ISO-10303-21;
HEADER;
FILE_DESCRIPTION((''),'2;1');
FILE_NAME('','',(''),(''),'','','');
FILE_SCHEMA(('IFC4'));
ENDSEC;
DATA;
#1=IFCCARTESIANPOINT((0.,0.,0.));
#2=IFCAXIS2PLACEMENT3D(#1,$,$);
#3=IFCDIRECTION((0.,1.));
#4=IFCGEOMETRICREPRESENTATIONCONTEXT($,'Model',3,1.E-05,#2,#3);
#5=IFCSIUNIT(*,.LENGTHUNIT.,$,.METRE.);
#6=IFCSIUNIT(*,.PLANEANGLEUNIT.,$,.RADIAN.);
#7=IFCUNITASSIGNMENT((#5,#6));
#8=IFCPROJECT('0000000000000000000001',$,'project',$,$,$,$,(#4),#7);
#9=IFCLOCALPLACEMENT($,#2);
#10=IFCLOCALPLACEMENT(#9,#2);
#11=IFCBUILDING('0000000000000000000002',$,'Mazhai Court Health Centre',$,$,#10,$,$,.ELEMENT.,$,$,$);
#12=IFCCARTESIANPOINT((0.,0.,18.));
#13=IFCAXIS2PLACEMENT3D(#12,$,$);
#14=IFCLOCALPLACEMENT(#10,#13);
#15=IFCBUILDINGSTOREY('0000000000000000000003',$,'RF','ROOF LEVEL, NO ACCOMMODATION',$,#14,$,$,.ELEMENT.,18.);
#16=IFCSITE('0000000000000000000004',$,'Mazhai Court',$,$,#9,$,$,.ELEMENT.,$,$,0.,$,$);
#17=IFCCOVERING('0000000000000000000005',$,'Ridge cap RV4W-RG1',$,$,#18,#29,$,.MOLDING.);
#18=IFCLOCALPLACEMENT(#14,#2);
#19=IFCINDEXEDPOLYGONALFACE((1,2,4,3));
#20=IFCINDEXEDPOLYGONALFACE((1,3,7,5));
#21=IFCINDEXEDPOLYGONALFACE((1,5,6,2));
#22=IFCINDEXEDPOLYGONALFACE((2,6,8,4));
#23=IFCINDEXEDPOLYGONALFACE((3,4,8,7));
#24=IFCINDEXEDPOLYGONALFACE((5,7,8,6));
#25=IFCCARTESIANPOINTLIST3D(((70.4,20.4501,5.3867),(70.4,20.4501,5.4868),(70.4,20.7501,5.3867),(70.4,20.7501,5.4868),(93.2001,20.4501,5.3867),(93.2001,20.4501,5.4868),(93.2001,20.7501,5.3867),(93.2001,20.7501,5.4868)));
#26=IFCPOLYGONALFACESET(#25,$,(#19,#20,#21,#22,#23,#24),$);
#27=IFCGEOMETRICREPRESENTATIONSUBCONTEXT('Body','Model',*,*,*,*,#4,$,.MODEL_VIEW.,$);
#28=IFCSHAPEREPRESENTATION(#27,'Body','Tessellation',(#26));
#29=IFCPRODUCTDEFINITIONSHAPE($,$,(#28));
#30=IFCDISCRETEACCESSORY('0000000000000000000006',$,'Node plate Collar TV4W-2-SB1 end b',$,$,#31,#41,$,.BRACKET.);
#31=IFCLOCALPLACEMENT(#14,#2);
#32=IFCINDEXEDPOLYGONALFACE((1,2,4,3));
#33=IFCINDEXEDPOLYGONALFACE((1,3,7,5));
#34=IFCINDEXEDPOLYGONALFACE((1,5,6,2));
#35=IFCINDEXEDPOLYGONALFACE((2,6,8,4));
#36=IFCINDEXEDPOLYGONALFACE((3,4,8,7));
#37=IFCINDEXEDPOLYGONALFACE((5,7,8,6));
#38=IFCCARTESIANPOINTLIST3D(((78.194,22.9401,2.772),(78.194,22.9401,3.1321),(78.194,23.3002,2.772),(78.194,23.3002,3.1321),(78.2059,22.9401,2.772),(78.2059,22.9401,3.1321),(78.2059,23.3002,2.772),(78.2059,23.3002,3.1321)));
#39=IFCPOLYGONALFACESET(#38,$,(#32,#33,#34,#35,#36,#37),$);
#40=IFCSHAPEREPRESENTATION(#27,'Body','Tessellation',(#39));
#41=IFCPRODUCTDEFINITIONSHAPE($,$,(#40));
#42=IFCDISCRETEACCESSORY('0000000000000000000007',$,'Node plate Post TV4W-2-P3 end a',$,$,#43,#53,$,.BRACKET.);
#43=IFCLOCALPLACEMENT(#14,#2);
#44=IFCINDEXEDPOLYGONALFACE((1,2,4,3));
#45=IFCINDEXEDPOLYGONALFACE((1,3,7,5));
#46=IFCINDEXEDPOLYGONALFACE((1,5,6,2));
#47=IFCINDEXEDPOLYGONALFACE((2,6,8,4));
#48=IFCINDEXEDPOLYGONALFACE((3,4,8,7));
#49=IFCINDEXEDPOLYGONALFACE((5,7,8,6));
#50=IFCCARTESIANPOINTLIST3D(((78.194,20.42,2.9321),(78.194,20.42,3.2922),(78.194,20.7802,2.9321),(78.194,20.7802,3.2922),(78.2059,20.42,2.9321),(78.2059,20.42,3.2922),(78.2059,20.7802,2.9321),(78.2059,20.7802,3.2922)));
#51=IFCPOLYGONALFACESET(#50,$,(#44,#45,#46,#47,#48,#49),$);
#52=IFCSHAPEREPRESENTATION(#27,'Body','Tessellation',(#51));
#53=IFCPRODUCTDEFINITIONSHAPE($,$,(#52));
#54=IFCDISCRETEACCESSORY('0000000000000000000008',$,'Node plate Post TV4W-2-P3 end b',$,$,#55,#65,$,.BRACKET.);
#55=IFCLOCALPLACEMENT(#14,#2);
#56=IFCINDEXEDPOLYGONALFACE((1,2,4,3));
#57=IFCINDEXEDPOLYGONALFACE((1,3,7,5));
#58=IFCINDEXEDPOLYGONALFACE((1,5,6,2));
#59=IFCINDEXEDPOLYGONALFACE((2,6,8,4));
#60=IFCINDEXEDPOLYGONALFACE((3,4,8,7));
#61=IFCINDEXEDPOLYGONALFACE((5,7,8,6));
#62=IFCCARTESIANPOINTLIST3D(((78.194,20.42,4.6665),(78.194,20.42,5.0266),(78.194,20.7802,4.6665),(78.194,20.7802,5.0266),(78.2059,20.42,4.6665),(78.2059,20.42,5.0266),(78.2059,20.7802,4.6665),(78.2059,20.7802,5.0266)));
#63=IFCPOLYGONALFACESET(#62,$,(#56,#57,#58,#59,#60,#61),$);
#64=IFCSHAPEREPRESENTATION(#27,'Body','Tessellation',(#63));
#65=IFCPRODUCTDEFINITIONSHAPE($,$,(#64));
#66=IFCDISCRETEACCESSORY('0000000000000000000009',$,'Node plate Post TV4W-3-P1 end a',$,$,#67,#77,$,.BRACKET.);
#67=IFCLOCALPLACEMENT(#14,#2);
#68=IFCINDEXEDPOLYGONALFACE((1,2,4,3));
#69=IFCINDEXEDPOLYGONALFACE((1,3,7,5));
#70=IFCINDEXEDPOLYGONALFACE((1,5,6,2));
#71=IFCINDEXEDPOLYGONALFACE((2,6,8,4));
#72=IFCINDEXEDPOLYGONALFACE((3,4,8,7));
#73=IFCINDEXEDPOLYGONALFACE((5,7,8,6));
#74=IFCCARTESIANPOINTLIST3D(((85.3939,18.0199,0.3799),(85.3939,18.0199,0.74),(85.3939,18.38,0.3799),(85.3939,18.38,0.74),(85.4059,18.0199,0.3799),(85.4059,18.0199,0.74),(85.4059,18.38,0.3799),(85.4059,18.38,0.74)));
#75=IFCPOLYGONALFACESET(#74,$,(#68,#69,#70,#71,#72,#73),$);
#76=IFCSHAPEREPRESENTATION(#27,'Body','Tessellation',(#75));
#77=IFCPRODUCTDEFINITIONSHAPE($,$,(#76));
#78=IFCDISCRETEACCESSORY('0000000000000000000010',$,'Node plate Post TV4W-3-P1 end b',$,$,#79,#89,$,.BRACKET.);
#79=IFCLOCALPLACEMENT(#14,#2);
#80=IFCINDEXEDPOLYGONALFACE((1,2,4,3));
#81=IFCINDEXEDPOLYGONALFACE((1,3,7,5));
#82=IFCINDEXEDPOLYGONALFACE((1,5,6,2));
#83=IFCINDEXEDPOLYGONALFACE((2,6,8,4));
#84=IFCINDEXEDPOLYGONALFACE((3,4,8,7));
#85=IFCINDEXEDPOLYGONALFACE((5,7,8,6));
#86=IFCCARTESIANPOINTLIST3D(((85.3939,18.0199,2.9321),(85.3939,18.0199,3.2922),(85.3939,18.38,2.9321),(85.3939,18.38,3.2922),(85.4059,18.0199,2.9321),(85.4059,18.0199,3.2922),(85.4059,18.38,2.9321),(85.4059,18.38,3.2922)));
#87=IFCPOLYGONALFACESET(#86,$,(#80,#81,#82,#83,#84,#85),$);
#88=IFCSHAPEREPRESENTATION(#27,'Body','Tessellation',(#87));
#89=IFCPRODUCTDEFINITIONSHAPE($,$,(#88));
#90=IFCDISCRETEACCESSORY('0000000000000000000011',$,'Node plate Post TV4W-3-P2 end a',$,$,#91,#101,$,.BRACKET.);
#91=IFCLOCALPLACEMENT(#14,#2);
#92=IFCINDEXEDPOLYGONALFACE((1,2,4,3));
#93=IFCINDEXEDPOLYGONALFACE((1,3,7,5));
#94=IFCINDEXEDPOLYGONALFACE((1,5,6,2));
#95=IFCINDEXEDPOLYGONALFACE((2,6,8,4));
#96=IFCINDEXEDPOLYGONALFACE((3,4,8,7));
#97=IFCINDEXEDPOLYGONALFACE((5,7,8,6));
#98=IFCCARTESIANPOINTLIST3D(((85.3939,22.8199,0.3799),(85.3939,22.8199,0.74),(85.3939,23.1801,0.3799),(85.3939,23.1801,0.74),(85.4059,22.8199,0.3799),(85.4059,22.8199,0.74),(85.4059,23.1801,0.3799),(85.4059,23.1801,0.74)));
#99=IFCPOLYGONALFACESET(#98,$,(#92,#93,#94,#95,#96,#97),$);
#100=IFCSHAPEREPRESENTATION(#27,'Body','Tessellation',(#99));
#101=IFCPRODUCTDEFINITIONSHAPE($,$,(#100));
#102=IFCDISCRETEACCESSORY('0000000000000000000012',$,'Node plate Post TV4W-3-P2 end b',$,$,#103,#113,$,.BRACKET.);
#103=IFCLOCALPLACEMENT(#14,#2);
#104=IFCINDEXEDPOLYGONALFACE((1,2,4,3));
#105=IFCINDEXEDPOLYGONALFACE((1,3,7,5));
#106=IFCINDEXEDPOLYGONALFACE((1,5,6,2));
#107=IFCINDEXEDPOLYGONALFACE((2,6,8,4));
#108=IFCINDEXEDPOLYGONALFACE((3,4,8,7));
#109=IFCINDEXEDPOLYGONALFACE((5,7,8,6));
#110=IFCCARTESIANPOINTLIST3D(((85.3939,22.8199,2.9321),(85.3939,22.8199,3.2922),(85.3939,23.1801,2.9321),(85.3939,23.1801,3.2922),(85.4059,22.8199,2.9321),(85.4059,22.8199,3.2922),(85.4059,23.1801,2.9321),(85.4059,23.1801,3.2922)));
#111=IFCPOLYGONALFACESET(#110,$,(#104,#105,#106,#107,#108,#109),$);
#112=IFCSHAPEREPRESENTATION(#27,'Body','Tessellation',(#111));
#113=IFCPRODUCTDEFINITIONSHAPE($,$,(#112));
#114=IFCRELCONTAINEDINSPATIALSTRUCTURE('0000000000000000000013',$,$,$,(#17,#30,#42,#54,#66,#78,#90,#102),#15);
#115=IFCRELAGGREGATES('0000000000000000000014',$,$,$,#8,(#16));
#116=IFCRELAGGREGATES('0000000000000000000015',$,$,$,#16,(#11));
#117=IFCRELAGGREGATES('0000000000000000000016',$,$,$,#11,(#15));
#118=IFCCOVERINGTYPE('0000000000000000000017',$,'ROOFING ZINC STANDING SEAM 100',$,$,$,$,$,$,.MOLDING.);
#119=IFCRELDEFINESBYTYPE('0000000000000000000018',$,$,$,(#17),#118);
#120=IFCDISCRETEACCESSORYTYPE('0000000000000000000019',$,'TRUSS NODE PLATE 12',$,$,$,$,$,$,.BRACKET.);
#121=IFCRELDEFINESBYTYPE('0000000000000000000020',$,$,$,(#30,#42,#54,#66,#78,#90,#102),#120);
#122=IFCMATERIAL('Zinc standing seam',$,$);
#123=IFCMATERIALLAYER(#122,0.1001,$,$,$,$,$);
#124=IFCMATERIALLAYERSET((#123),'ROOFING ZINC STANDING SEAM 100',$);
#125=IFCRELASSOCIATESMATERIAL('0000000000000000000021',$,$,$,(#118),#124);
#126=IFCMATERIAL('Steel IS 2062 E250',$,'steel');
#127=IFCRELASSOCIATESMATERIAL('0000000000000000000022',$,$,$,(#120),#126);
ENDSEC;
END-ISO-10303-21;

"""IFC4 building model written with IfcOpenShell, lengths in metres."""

from ifc_helpers import new_model, si_unit, direction, frame, origin, origin_2d, place, context, subcontext, project, spatial, rectangle, extrude, material, layer, layer_set, type_object, element, save


model = new_model("IFC4")

# Units and contexts
model_context = context("Model", 3, precision=1e-05, world=origin(), true_north=direction((0.0, 1.0)))
body_context = subcontext(model_context, "Body", "Model", "MODEL_VIEW")
ifc_project = project(units=[si_unit("LENGTHUNIT", "METRE"), si_unit("PLANEANGLEUNIT", "RADIAN")], contexts=[model_context])

# Site, building, storey
site_placement = place(None, origin())
site = spatial("IfcSite", under=ifc_project, at=site_placement, Name="Mazhai Court", CompositionType="ELEMENT", RefElevation=0.0)
building_placement = place(site_placement, origin())
building = spatial("IfcBuilding", under=site, at=building_placement, Name="Mazhai Court Health Centre", CompositionType="ELEMENT")
storey_placement = place(building_placement, frame((0.0, 0.0, 18.0)))
storey = spatial("IfcBuildingStorey", under=building, at=storey_placement, Name="RF", Description="ROOF LEVEL, NO ACCOMMODATION", CompositionType="ELEMENT", Elevation=18.0)

# Covering
ifc_material_1 = material(Name="Zinc standing seam")
ifc_layer_1 = layer(ifc_material_1, 0.1001)
ifc_layer_set_1 = layer_set([ifc_layer_1], Name="ROOFING ZINC STANDING SEAM 100")
covering_type = type_object("IfcCoveringType", Name="ROOFING ZINC STANDING SEAM 100", PredefinedType="MOLDING", material=ifc_layer_set_1)
covering_placement = place(storey_placement, frame((81.8, 20.6001, 5.3867), z_axis=(0.0, 0.0, 1.0), x_axis=(1.0, 0.0, 0.0)))
element("IfcCovering", 1, at=covering_placement, inside=storey, type_object=covering_type, Name="Ridge cap RV4W-RG1", PredefinedType="MOLDING", context=body_context, shape_type="SweptSolid", body=[
    extrude(rectangle(XDim=22.8, YDim=0.3, at=origin_2d()), origin(), (0.0, 0.0, 1.0), 0.1001),
])

# Discrete accessories
ifc_material_2 = material(Name="Steel IS 2062 E250", Category="steel")
discrete_accessory_type = type_object("IfcDiscreteAccessoryType", Name="TRUSS NODE PLATE 12", PredefinedType="BRACKET", material=ifc_material_2)
for number, where, z_axis, x_axis, name in (
    (2, (78.2, 23.1201, 2.772), (0.0, 0.0, 1.0), (1.0, 0.0, 0.0), "Node plate Collar TV4W-2-SB1 end b"),
    (3, (78.2, 20.6001, 2.9321), (0.0, 0.0, 1.0), (1.0, 0.0, 0.0), "Node plate Post TV4W-2-P3 end a"),
    (4, (78.2, 20.6001, 4.6665), (0.0, 0.0, 1.0), (1.0, 0.0, 0.0), "Node plate Post TV4W-2-P3 end b"),
    (5, (85.3999, 18.2, 0.3799), (0.0, 0.0, 1.0), (1.0, 0.0, 0.0), "Node plate Post TV4W-3-P1 end a"),
    (6, (85.3999, 18.2, 2.9321), (0.0, 0.0, 1.0), (1.0, 0.0, 0.0), "Node plate Post TV4W-3-P1 end b"),
    (7, (85.3999, 23.0, 0.3799), (0.0, 0.0, 1.0), (1.0, 0.0, 0.0), "Node plate Post TV4W-3-P2 end a"),
    (8, (85.3999, 23.0, 2.9321), (0.0, 0.0, 1.0), (1.0, 0.0, 0.0), "Node plate Post TV4W-3-P2 end b"),
):
    element("IfcDiscreteAccessory", number, at=place(storey_placement, frame(where, z_axis=z_axis, x_axis=x_axis)), inside=storey, type_object=discrete_accessory_type, Name=name, PredefinedType="BRACKET", context=body_context, shape_type="SweptSolid", body=[
        extrude(rectangle(XDim=0.012, YDim=0.3601, at=origin_2d()), origin(), (0.0, 0.0, 1.0), 0.3601),
    ])

save(model, "model.ifc")
